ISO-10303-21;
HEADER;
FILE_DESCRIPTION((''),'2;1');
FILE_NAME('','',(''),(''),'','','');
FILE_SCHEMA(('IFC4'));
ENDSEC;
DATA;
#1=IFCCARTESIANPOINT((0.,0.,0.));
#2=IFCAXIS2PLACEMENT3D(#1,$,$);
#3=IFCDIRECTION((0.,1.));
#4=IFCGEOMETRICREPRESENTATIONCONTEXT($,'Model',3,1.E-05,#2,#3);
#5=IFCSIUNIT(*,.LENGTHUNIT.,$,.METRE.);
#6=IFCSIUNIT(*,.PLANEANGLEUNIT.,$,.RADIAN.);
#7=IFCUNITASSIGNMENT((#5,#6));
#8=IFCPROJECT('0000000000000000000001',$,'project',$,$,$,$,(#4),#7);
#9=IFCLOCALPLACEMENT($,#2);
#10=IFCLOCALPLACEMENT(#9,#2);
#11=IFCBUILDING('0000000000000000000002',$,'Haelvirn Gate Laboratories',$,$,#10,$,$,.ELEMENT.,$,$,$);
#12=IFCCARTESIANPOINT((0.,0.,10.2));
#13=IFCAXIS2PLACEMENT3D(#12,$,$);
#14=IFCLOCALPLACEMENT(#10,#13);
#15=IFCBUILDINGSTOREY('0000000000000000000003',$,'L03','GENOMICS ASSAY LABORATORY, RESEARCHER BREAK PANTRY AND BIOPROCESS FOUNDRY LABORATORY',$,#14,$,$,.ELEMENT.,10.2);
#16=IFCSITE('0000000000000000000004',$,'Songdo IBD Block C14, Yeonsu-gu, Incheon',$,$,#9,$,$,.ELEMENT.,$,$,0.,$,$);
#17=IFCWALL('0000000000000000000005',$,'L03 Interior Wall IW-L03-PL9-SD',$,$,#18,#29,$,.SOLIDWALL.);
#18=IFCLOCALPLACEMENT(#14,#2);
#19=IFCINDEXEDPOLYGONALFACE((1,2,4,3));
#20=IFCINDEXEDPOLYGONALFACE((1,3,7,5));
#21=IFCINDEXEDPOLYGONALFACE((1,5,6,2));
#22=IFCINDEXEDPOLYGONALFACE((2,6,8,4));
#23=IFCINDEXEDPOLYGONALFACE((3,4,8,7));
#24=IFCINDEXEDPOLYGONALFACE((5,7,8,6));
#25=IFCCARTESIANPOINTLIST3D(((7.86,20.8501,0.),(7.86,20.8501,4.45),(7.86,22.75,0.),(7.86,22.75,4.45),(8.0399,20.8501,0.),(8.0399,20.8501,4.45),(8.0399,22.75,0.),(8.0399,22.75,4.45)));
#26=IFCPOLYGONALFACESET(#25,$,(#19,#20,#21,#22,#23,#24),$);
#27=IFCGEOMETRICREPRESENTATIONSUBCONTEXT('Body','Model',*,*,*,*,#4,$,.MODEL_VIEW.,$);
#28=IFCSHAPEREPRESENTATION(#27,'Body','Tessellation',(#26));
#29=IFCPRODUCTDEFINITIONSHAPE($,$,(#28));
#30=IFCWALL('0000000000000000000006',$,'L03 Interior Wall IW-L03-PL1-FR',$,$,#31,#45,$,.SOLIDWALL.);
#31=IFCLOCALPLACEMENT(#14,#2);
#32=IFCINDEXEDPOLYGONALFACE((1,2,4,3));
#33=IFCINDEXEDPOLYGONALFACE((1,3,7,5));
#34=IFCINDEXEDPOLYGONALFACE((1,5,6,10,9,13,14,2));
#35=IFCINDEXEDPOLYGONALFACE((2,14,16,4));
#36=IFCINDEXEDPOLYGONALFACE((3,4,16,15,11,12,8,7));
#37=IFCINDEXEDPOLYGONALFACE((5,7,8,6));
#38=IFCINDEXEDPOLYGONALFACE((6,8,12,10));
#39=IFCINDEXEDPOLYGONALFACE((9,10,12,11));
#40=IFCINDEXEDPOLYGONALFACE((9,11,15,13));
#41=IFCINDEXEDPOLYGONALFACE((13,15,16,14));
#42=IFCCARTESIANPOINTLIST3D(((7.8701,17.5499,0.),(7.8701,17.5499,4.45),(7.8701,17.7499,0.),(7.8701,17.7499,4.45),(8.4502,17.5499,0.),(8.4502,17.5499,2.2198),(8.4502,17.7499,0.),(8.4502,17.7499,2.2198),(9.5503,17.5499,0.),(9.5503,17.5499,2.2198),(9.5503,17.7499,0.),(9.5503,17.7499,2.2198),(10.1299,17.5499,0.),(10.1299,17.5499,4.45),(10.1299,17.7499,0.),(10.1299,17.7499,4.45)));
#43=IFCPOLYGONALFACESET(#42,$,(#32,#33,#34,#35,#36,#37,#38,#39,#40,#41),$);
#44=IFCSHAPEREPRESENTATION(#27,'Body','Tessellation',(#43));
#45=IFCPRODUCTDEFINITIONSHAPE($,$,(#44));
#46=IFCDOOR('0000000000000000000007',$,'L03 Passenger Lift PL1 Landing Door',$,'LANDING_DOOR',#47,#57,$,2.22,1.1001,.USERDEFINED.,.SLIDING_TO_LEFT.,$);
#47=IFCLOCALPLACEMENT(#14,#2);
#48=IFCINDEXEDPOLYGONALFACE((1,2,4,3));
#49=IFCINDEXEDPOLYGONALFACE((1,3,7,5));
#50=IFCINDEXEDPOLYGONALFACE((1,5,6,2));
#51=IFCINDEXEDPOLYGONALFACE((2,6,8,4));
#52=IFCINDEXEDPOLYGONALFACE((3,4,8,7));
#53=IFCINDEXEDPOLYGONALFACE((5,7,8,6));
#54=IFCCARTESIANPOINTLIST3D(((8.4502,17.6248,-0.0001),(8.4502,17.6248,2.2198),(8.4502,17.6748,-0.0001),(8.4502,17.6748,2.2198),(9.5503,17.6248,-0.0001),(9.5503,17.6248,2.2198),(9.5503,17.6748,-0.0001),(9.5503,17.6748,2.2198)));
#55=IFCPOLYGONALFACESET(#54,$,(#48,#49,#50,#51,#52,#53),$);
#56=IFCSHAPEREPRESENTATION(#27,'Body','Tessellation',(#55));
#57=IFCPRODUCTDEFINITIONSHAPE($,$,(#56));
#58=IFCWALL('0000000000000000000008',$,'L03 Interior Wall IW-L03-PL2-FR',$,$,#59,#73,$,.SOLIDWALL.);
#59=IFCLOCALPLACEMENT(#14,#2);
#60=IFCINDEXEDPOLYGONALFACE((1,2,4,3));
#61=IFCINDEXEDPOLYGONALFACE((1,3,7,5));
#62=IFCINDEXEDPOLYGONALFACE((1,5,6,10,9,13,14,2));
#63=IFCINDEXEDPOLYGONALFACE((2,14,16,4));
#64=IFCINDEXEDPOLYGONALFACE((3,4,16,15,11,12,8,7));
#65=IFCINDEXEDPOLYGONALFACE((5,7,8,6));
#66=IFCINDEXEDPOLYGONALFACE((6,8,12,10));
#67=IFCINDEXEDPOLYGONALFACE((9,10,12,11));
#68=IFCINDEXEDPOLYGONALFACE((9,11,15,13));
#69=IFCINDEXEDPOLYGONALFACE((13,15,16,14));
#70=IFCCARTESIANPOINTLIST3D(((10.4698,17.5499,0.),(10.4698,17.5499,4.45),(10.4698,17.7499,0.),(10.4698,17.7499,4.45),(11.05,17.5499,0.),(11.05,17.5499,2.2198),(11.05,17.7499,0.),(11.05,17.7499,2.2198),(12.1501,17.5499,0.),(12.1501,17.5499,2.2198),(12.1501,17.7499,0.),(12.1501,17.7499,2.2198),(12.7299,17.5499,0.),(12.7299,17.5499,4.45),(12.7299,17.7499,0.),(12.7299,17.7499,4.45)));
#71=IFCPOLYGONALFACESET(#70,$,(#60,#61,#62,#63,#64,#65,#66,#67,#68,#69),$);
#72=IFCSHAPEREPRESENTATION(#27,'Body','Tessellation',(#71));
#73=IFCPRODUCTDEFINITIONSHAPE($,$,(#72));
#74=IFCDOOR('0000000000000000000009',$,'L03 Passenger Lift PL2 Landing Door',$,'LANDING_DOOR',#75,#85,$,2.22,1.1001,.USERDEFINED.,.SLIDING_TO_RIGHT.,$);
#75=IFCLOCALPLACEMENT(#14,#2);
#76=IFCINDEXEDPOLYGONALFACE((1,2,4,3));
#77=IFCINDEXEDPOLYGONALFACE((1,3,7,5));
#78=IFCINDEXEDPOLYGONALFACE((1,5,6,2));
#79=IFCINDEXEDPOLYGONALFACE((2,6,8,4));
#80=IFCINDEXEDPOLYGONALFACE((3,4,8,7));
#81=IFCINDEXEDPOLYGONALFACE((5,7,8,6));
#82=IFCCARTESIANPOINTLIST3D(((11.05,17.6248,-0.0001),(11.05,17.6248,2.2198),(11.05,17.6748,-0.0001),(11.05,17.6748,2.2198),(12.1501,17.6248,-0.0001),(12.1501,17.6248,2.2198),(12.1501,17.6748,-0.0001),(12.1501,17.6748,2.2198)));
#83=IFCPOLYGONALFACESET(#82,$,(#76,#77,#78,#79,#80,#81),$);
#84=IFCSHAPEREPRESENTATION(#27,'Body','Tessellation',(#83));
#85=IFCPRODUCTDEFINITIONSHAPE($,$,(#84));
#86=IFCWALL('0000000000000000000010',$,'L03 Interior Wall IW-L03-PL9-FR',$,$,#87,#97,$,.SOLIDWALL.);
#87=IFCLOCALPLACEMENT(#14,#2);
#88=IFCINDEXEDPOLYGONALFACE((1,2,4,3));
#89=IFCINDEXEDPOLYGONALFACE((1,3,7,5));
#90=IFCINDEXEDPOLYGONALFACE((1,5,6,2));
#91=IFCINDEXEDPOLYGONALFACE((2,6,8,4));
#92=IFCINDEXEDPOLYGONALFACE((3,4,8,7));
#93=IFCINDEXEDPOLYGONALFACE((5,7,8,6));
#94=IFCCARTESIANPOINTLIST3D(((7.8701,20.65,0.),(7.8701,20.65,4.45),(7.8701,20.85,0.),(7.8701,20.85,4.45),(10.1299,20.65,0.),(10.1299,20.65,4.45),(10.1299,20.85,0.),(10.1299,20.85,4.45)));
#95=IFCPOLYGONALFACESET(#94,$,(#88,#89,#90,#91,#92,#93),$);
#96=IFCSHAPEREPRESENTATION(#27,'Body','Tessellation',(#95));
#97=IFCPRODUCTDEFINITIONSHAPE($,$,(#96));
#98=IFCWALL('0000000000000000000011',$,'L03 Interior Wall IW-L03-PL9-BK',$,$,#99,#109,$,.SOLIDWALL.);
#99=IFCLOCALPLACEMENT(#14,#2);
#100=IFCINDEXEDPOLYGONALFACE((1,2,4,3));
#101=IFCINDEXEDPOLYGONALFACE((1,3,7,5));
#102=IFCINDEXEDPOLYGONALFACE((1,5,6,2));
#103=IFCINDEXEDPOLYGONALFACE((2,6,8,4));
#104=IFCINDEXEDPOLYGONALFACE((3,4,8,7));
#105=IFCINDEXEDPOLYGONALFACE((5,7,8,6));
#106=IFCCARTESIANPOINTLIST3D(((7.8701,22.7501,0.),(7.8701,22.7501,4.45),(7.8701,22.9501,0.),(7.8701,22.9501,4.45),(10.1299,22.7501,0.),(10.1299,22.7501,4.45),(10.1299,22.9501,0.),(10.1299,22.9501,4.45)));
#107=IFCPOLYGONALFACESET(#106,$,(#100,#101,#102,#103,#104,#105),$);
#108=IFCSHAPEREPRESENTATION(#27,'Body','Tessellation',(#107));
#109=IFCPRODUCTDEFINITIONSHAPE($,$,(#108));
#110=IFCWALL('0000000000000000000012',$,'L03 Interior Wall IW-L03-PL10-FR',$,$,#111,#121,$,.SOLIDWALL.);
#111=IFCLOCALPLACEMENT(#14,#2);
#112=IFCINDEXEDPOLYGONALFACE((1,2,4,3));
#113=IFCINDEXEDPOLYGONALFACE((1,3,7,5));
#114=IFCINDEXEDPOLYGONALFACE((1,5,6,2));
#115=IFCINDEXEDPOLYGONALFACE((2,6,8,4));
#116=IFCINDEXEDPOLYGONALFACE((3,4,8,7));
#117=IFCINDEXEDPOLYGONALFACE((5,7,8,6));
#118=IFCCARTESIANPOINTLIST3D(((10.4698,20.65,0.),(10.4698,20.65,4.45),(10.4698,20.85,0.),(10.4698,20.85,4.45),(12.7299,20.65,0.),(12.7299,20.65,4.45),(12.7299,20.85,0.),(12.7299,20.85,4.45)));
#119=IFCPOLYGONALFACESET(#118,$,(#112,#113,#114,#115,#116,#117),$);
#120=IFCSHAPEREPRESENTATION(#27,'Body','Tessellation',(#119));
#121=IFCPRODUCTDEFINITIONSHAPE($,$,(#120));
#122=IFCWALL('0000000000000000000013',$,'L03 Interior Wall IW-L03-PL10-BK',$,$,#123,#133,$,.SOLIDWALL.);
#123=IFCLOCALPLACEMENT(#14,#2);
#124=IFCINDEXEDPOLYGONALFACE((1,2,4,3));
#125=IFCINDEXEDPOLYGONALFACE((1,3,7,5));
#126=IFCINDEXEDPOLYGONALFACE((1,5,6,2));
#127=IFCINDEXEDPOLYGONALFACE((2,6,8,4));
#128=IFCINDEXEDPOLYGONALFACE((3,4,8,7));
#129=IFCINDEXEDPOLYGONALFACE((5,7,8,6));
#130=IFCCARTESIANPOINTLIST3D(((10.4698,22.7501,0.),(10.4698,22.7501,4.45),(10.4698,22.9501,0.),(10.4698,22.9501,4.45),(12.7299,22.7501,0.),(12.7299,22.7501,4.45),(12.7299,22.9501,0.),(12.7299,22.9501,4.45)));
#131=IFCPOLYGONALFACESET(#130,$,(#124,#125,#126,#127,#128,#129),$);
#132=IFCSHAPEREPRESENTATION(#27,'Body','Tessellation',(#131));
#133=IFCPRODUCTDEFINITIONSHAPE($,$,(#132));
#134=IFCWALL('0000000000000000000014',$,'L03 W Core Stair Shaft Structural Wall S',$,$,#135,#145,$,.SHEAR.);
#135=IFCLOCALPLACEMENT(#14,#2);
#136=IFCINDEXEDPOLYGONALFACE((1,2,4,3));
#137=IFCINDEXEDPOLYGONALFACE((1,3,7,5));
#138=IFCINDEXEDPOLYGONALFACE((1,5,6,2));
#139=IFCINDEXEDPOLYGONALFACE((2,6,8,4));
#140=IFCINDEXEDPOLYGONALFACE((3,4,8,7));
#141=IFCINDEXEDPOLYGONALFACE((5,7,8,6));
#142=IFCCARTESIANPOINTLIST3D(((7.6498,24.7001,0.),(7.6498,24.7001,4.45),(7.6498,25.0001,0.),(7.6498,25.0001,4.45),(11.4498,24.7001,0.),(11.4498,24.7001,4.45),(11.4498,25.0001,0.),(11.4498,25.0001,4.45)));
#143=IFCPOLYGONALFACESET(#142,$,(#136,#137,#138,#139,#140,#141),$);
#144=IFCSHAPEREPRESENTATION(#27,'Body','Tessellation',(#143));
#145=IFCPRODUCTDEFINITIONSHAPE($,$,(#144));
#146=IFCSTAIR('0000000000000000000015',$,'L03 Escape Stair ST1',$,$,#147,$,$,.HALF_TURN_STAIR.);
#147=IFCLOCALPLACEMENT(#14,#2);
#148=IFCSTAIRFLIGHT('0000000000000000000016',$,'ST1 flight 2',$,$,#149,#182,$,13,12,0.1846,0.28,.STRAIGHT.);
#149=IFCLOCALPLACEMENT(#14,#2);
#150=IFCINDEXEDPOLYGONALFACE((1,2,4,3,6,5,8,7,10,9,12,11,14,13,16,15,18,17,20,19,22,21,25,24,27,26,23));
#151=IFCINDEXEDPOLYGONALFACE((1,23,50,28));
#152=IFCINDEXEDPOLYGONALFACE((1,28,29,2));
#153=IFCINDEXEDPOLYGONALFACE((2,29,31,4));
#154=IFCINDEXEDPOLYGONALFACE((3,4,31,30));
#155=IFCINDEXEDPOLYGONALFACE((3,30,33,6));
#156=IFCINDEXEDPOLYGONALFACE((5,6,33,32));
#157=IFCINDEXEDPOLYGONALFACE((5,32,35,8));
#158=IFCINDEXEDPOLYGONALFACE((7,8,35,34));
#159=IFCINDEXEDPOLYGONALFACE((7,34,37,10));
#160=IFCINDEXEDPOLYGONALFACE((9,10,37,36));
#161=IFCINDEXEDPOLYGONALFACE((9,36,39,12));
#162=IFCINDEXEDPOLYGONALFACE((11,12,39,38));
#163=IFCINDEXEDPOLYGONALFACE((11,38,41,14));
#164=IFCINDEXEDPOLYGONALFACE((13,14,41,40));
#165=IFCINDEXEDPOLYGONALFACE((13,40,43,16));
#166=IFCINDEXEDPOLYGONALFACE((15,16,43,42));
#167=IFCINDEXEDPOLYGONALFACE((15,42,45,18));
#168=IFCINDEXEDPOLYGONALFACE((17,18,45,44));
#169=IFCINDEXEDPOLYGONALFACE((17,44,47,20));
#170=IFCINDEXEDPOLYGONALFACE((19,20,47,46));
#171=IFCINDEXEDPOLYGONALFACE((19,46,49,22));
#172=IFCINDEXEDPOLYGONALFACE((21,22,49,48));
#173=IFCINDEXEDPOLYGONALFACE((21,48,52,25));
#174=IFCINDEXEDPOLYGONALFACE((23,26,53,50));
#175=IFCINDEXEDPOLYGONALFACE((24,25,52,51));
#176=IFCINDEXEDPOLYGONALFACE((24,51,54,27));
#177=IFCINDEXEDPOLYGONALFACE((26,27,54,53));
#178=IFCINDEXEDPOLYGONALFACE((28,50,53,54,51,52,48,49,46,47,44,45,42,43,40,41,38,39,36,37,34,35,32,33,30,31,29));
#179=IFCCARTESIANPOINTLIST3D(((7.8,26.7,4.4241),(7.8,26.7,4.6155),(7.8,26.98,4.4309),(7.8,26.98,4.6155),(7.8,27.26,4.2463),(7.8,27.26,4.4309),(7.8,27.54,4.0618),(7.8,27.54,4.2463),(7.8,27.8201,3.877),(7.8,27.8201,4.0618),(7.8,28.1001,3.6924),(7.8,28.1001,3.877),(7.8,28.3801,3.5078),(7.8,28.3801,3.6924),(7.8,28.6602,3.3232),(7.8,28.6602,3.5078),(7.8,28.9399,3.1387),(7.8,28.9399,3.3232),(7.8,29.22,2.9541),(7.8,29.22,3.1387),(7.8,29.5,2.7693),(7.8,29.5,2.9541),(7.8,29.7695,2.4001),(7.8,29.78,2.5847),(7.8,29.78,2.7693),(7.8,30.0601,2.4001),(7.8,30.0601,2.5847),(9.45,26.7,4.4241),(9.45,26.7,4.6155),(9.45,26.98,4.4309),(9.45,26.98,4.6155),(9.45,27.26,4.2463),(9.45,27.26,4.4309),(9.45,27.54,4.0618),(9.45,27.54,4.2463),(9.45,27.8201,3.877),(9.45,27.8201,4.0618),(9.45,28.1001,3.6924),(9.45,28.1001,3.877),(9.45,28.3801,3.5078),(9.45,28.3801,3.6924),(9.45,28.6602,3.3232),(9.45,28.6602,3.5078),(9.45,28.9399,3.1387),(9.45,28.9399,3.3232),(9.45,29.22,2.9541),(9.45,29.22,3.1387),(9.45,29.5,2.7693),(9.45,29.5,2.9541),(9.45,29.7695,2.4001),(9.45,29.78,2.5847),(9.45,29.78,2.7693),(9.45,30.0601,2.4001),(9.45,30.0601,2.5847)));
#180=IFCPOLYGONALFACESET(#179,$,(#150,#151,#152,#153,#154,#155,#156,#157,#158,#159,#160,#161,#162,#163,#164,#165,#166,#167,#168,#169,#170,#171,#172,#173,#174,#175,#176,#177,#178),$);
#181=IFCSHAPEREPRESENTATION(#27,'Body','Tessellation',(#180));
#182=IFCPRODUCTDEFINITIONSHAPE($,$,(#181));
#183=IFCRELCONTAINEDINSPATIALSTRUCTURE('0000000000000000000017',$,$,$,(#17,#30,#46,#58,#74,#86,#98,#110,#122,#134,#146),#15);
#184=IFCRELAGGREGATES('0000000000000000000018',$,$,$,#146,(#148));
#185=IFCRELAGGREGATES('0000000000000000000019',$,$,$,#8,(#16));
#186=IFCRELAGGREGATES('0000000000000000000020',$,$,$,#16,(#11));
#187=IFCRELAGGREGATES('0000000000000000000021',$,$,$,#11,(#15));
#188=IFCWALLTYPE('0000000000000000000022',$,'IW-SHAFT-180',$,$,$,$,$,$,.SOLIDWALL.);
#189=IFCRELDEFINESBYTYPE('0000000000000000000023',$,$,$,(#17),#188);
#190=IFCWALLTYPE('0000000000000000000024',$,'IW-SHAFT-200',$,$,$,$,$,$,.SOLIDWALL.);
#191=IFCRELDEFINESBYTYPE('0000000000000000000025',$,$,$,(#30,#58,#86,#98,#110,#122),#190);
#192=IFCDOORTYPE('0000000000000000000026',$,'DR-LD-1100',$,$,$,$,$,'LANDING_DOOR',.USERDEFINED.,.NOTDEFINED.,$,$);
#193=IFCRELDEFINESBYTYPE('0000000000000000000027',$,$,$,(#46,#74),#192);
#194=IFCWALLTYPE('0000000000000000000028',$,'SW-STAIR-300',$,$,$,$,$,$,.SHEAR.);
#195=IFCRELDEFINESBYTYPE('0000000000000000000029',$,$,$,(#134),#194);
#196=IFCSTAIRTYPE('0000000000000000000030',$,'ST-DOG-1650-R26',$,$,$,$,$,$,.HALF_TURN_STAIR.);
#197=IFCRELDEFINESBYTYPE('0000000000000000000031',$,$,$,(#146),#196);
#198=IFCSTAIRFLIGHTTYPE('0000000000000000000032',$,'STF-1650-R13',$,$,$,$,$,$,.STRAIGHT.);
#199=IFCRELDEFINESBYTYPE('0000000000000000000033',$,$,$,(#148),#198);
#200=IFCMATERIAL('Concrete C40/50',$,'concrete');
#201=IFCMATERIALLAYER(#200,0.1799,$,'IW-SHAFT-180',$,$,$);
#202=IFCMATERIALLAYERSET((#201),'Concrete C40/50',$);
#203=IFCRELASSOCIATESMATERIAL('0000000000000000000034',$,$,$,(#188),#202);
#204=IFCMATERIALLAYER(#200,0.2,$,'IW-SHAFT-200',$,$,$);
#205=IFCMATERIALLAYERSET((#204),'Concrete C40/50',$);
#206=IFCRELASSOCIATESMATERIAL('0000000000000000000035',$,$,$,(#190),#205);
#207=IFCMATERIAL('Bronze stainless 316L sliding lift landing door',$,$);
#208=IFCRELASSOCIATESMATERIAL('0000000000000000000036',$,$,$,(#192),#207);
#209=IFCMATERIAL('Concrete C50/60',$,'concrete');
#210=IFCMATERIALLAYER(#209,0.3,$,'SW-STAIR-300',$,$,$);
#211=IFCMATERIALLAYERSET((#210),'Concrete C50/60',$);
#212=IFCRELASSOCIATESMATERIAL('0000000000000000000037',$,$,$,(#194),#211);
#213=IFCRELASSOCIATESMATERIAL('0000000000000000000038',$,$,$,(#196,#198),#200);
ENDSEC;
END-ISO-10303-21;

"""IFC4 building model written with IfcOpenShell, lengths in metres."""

from ifc_helpers import new_model, si_unit, direction, frame, frame_2d, origin, place, context, subcontext, project, spatial, polyline, rectangle, outline, extrude, source, transform, mapped, material, layer, layer_set, type_object, type_shapes, element, fill, aggregate, save


model = new_model("IFC4")

# Units and contexts
model_context = context("Model", 3, precision=1e-05, world=origin(), true_north=direction((0.0, 1.0)))
body_context = subcontext(model_context, "Body", "Model", "MODEL_VIEW")
ifc_project = project(units=[si_unit("LENGTHUNIT", "METRE"), si_unit("PLANEANGLEUNIT", "RADIAN")], contexts=[model_context])

# Site, building, storey
site_placement = place(None, origin())
site = spatial("IfcSite", under=ifc_project, at=site_placement, Name="Songdo IBD Block C14, Yeonsu-gu, Incheon", CompositionType="ELEMENT", RefElevation=0.0)
building_placement = place(site_placement, origin())
building = spatial("IfcBuilding", under=site, at=building_placement, Name="Haelvirn Gate Laboratories", CompositionType="ELEMENT")
storey_placement = place(building_placement, frame((0.0, 0.0, 10.2)))
storey = spatial("IfcBuildingStorey", under=building, at=storey_placement, Name="L03", Description="GENOMICS ASSAY LABORATORY, RESEARCHER BREAK PANTRY AND BIOPROCESS FOUNDRY LABORATORY", CompositionType="ELEMENT", Elevation=10.2)

# Wall
ifc_material_1 = material(Name="Concrete C40/50", Category="concrete")
ifc_layer_1 = layer(ifc_material_1, 0.1799, Name="IW-SHAFT-180")
ifc_layer_set_1 = layer_set([ifc_layer_1], Name="Concrete C40/50")
wall_type_1 = type_object("IfcWallType", Name="IW-SHAFT-180", PredefinedType="SOLIDWALL", material=ifc_layer_set_1)
wall_1_placement = place(storey_placement, frame((7.95, 20.8501, 0.0), z_axis=(0.0, 0.0, 1.0), x_axis=(0.0, 1.0, 0.0)))
element("IfcWall", 1, at=wall_1_placement, inside=storey, type_object=wall_type_1, Name="L03 Interior Wall IW-L03-PL9-SD", PredefinedType="SOLIDWALL", context=body_context, shape_type="SweptSolid", body=[
    extrude(rectangle(XDim=1.8999, YDim=0.1799, at=frame_2d((0.95, 0.0))), origin(), (0.0, 0.0, 1.0), 4.45),
])

# Walls, openings, doors
ifc_layer_2 = layer(ifc_material_1, 0.2, Name="IW-SHAFT-200")
ifc_layer_set_2 = layer_set([ifc_layer_2], Name="Concrete C40/50")
wall_type_2 = type_object("IfcWallType", Name="IW-SHAFT-200", PredefinedType="SOLIDWALL", material=ifc_layer_set_2)
wall_2_placement = place(storey_placement, frame((7.8701, 17.6499, 0.0), z_axis=(0.0, 0.0, 1.0), x_axis=(1.0, 0.0, 0.0)))
wall_2 = element("IfcWall", 2, at=wall_2_placement, inside=storey, type_object=wall_type_2, Name="L03 Interior Wall IW-L03-PL1-FR", PredefinedType="SOLIDWALL", context=body_context, shape_type="SweptSolid", body=[
    extrude(rectangle(XDim=2.2598, YDim=0.2, at=frame_2d((1.1299, 0.0))), origin(), (0.0, 0.0, 1.0), 4.45),
])
opening_1_placement = place(wall_2_placement, frame((0.5801, 0.0, 0.0)))
opening_1 = element("IfcOpeningElement", 3, at=opening_1_placement, cuts=wall_2, PredefinedType="OPENING", context=body_context, shape_type="SweptSolid", body=[
    extrude(rectangle(XDim=1.1001, YDim=2.22, at=frame_2d((0.55, 1.1099))), frame((0.0, 0.1099, 0.0), z_axis=(0.0, -1.0, 0.0), x_axis=(1.0, 0.0, 0.0)), (0.0, 0.0, 1.0), 0.22),
])
ifc_material_2 = material(Name="Bronze stainless 316L sliding lift landing door")
door_type = type_object("IfcDoorType", Name="DR-LD-1100", ElementType="LANDING_DOOR", OperationType="NOTDEFINED", PredefinedType="USERDEFINED", material=ifc_material_2)
shared_shape_1 = source(origin(), body_context, "Body", "SweptSolid", [
    extrude(rectangle(XDim=1.1001, YDim=2.22, at=frame_2d((0.55, 1.1099))), frame((0.0, 0.0249, 0.0), z_axis=(0.0, -1.0, 0.0), x_axis=(1.0, 0.0, 0.0)), (0.0, 0.0, 1.0), 0.05),
])
type_shapes(door_type, [shared_shape_1])
door_1_placement = place(opening_1_placement, origin())
door_1 = element("IfcDoor", 4, at=door_1_placement, inside=storey, type_object=door_type, Name="L03 Passenger Lift PL1 Landing Door", ObjectType="LANDING_DOOR", OperationType="SLIDING_TO_LEFT", OverallHeight=2.22, OverallWidth=1.1001, PredefinedType="USERDEFINED", context=body_context, shape_type="MappedRepresentation", body=[
    mapped(shared_shape_1, transform((0.0, 0.0, 0.0), scale=1.0)),
])
fill(opening_1, door_1)
wall_3_placement = place(storey_placement, frame((10.47, 17.6499, 0.0), z_axis=(0.0, 0.0, 1.0), x_axis=(1.0, 0.0, 0.0)))
wall_3 = element("IfcWall", 5, at=wall_3_placement, inside=storey, type_object=wall_type_2, Name="L03 Interior Wall IW-L03-PL2-FR", PredefinedType="SOLIDWALL", context=body_context, shape_type="SweptSolid", body=[
    extrude(rectangle(XDim=2.26, YDim=0.2, at=frame_2d((1.1299, 0.0))), origin(), (0.0, 0.0, 1.0), 4.45),
])
opening_2_placement = place(wall_3_placement, frame((0.5801, 0.0, 0.0)))
opening_2 = element("IfcOpeningElement", 6, at=opening_2_placement, cuts=wall_3, PredefinedType="OPENING", context=body_context, shape_type="SweptSolid", body=[
    extrude(rectangle(XDim=1.1001, YDim=2.22, at=frame_2d((0.55, 1.1099))), frame((0.0, 0.1099, 0.0), z_axis=(0.0, -1.0, 0.0), x_axis=(1.0, 0.0, 0.0)), (0.0, 0.0, 1.0), 0.22),
])
door_2_placement = place(opening_2_placement, origin())
door_2 = element("IfcDoor", 7, at=door_2_placement, inside=storey, type_object=door_type, Name="L03 Passenger Lift PL2 Landing Door", ObjectType="LANDING_DOOR", OperationType="SLIDING_TO_RIGHT", OverallHeight=2.22, OverallWidth=1.1001, PredefinedType="USERDEFINED", context=body_context, shape_type="MappedRepresentation", body=[
    mapped(shared_shape_1, transform((0.0, 0.0, 0.0), scale=1.0)),
])
fill(opening_2, door_2)

# Walls
for number, where, z_axis, x_axis, name in (
    (8, (7.8701, 20.75, 0.0), (0.0, 0.0, 1.0), (1.0, 0.0, 0.0), "L03 Interior Wall IW-L03-PL9-FR"),
    (9, (7.8701, 22.8501, 0.0), (0.0, 0.0, 1.0), (1.0, 0.0, 0.0), "L03 Interior Wall IW-L03-PL9-BK"),
):
    element("IfcWall", number, at=place(storey_placement, frame(where, z_axis=z_axis, x_axis=x_axis)), inside=storey, type_object=wall_type_2, Name=name, PredefinedType="SOLIDWALL", context=body_context, shape_type="SweptSolid", body=[
        extrude(rectangle(XDim=2.2598, YDim=0.2, at=frame_2d((1.1299, 0.0))), origin(), (0.0, 0.0, 1.0), 4.45),
    ])
for number, where, z_axis, x_axis, name in (
    (10, (10.47, 20.75, 0.0), (0.0, 0.0, 1.0), (1.0, 0.0, 0.0), "L03 Interior Wall IW-L03-PL10-FR"),
    (11, (10.47, 22.8501, 0.0), (0.0, 0.0, 1.0), (1.0, 0.0, 0.0), "L03 Interior Wall IW-L03-PL10-BK"),
):
    element("IfcWall", number, at=place(storey_placement, frame(where, z_axis=z_axis, x_axis=x_axis)), inside=storey, type_object=wall_type_2, Name=name, PredefinedType="SOLIDWALL", context=body_context, shape_type="SweptSolid", body=[
        extrude(rectangle(XDim=2.26, YDim=0.2, at=frame_2d((1.1299, 0.0))), origin(), (0.0, 0.0, 1.0), 4.45),
    ])
ifc_material_3 = material(Name="Concrete C50/60", Category="concrete")
ifc_layer_3 = layer(ifc_material_3, 0.3, Name="SW-STAIR-300")
ifc_layer_set_3 = layer_set([ifc_layer_3], Name="Concrete C50/60")
wall_type_3 = type_object("IfcWallType", Name="SW-STAIR-300", PredefinedType="SHEAR", material=ifc_layer_set_3)
wall_4_placement = place(storey_placement, frame((7.6499, 24.8501, 0.0), z_axis=(0.0, 0.0, 1.0), x_axis=(1.0, 0.0, 0.0)))
element("IfcWall", 12, at=wall_4_placement, inside=storey, type_object=wall_type_3, Name="L03 W Core Stair Shaft Structural Wall S", PredefinedType="SHEAR", context=body_context, shape_type="SweptSolid", body=[
    extrude(rectangle(XDim=3.8, YDim=0.3, at=frame_2d((1.8999, 0.0))), origin(), (0.0, 0.0, 1.0), 4.45),
])

# Stair, stair flight
stair_type = type_object("IfcStairType", Name="ST-DOG-1650-R26", PredefinedType="HALF_TURN_STAIR", material=ifc_material_1)
stair_placement = place(storey_placement, origin())
stair = element("IfcStair", 13, at=stair_placement, inside=storey, type_object=stair_type, Name="L03 Escape Stair ST1", PredefinedType="HALF_TURN_STAIR")
stair_flight_type = type_object("IfcStairFlightType", Name="STF-1650-R13", PredefinedType="STRAIGHT", material=ifc_material_1)
shared_shape_2 = source(origin(), body_context, "Body", "SweptSolid", [
    extrude(outline(polyline([(0.0, 0.0), (0.0, 0.1846), (0.28, 0.1846), (0.28, 0.3691), (0.5601, 0.3691), (0.5601, 0.554), (0.8401, 0.554), (0.8401, 0.7385), (1.1201, 0.7385), (1.1201, 0.9231), (1.3999, 0.9231), (1.3999, 1.1077), (1.6799, 1.1077), (1.6799, 1.2922), (1.96, 1.2922), (1.96, 1.4768), (2.24, 1.4768), (2.24, 1.6616), (2.52, 1.6616), (2.52, 1.8462), (2.8, 1.8462), (2.8, 2.0308), (3.0801, 2.0308), (3.0801, 2.2153), (3.3601, 2.2153), (3.3601, 2.3999), (3.3601, 2.0239), (0.2905, 0.0), (0.0, 0.0)])), frame((0.0, 0.825, 0.0), z_axis=(0.0, -1.0, 0.0), x_axis=(1.0, 0.0, 0.0)), (0.0, 0.0, 1.0), 1.6499),
])
type_shapes(stair_flight_type, [shared_shape_2])
stair_flight_placement = place(storey_placement, frame((8.625, 30.0601, 2.4001), z_axis=(0.0, 0.0, 1.0), x_axis=(0.0, -1.0, 0.0)))
stair_flight = element("IfcStairFlight", 14, at=stair_flight_placement, type_object=stair_flight_type, Name="ST1 flight 2", NumberOfRisers=13, NumberOfTreads=12, PredefinedType="STRAIGHT", RiserHeight=0.1846, TreadLength=0.28, context=body_context, shape_type="MappedRepresentation", body=[
    mapped(shared_shape_2, transform((0.0, 0.0, 0.0), scale=1.0)),
])
aggregate(stair, [stair_flight])

save(model, "model.ifc")
